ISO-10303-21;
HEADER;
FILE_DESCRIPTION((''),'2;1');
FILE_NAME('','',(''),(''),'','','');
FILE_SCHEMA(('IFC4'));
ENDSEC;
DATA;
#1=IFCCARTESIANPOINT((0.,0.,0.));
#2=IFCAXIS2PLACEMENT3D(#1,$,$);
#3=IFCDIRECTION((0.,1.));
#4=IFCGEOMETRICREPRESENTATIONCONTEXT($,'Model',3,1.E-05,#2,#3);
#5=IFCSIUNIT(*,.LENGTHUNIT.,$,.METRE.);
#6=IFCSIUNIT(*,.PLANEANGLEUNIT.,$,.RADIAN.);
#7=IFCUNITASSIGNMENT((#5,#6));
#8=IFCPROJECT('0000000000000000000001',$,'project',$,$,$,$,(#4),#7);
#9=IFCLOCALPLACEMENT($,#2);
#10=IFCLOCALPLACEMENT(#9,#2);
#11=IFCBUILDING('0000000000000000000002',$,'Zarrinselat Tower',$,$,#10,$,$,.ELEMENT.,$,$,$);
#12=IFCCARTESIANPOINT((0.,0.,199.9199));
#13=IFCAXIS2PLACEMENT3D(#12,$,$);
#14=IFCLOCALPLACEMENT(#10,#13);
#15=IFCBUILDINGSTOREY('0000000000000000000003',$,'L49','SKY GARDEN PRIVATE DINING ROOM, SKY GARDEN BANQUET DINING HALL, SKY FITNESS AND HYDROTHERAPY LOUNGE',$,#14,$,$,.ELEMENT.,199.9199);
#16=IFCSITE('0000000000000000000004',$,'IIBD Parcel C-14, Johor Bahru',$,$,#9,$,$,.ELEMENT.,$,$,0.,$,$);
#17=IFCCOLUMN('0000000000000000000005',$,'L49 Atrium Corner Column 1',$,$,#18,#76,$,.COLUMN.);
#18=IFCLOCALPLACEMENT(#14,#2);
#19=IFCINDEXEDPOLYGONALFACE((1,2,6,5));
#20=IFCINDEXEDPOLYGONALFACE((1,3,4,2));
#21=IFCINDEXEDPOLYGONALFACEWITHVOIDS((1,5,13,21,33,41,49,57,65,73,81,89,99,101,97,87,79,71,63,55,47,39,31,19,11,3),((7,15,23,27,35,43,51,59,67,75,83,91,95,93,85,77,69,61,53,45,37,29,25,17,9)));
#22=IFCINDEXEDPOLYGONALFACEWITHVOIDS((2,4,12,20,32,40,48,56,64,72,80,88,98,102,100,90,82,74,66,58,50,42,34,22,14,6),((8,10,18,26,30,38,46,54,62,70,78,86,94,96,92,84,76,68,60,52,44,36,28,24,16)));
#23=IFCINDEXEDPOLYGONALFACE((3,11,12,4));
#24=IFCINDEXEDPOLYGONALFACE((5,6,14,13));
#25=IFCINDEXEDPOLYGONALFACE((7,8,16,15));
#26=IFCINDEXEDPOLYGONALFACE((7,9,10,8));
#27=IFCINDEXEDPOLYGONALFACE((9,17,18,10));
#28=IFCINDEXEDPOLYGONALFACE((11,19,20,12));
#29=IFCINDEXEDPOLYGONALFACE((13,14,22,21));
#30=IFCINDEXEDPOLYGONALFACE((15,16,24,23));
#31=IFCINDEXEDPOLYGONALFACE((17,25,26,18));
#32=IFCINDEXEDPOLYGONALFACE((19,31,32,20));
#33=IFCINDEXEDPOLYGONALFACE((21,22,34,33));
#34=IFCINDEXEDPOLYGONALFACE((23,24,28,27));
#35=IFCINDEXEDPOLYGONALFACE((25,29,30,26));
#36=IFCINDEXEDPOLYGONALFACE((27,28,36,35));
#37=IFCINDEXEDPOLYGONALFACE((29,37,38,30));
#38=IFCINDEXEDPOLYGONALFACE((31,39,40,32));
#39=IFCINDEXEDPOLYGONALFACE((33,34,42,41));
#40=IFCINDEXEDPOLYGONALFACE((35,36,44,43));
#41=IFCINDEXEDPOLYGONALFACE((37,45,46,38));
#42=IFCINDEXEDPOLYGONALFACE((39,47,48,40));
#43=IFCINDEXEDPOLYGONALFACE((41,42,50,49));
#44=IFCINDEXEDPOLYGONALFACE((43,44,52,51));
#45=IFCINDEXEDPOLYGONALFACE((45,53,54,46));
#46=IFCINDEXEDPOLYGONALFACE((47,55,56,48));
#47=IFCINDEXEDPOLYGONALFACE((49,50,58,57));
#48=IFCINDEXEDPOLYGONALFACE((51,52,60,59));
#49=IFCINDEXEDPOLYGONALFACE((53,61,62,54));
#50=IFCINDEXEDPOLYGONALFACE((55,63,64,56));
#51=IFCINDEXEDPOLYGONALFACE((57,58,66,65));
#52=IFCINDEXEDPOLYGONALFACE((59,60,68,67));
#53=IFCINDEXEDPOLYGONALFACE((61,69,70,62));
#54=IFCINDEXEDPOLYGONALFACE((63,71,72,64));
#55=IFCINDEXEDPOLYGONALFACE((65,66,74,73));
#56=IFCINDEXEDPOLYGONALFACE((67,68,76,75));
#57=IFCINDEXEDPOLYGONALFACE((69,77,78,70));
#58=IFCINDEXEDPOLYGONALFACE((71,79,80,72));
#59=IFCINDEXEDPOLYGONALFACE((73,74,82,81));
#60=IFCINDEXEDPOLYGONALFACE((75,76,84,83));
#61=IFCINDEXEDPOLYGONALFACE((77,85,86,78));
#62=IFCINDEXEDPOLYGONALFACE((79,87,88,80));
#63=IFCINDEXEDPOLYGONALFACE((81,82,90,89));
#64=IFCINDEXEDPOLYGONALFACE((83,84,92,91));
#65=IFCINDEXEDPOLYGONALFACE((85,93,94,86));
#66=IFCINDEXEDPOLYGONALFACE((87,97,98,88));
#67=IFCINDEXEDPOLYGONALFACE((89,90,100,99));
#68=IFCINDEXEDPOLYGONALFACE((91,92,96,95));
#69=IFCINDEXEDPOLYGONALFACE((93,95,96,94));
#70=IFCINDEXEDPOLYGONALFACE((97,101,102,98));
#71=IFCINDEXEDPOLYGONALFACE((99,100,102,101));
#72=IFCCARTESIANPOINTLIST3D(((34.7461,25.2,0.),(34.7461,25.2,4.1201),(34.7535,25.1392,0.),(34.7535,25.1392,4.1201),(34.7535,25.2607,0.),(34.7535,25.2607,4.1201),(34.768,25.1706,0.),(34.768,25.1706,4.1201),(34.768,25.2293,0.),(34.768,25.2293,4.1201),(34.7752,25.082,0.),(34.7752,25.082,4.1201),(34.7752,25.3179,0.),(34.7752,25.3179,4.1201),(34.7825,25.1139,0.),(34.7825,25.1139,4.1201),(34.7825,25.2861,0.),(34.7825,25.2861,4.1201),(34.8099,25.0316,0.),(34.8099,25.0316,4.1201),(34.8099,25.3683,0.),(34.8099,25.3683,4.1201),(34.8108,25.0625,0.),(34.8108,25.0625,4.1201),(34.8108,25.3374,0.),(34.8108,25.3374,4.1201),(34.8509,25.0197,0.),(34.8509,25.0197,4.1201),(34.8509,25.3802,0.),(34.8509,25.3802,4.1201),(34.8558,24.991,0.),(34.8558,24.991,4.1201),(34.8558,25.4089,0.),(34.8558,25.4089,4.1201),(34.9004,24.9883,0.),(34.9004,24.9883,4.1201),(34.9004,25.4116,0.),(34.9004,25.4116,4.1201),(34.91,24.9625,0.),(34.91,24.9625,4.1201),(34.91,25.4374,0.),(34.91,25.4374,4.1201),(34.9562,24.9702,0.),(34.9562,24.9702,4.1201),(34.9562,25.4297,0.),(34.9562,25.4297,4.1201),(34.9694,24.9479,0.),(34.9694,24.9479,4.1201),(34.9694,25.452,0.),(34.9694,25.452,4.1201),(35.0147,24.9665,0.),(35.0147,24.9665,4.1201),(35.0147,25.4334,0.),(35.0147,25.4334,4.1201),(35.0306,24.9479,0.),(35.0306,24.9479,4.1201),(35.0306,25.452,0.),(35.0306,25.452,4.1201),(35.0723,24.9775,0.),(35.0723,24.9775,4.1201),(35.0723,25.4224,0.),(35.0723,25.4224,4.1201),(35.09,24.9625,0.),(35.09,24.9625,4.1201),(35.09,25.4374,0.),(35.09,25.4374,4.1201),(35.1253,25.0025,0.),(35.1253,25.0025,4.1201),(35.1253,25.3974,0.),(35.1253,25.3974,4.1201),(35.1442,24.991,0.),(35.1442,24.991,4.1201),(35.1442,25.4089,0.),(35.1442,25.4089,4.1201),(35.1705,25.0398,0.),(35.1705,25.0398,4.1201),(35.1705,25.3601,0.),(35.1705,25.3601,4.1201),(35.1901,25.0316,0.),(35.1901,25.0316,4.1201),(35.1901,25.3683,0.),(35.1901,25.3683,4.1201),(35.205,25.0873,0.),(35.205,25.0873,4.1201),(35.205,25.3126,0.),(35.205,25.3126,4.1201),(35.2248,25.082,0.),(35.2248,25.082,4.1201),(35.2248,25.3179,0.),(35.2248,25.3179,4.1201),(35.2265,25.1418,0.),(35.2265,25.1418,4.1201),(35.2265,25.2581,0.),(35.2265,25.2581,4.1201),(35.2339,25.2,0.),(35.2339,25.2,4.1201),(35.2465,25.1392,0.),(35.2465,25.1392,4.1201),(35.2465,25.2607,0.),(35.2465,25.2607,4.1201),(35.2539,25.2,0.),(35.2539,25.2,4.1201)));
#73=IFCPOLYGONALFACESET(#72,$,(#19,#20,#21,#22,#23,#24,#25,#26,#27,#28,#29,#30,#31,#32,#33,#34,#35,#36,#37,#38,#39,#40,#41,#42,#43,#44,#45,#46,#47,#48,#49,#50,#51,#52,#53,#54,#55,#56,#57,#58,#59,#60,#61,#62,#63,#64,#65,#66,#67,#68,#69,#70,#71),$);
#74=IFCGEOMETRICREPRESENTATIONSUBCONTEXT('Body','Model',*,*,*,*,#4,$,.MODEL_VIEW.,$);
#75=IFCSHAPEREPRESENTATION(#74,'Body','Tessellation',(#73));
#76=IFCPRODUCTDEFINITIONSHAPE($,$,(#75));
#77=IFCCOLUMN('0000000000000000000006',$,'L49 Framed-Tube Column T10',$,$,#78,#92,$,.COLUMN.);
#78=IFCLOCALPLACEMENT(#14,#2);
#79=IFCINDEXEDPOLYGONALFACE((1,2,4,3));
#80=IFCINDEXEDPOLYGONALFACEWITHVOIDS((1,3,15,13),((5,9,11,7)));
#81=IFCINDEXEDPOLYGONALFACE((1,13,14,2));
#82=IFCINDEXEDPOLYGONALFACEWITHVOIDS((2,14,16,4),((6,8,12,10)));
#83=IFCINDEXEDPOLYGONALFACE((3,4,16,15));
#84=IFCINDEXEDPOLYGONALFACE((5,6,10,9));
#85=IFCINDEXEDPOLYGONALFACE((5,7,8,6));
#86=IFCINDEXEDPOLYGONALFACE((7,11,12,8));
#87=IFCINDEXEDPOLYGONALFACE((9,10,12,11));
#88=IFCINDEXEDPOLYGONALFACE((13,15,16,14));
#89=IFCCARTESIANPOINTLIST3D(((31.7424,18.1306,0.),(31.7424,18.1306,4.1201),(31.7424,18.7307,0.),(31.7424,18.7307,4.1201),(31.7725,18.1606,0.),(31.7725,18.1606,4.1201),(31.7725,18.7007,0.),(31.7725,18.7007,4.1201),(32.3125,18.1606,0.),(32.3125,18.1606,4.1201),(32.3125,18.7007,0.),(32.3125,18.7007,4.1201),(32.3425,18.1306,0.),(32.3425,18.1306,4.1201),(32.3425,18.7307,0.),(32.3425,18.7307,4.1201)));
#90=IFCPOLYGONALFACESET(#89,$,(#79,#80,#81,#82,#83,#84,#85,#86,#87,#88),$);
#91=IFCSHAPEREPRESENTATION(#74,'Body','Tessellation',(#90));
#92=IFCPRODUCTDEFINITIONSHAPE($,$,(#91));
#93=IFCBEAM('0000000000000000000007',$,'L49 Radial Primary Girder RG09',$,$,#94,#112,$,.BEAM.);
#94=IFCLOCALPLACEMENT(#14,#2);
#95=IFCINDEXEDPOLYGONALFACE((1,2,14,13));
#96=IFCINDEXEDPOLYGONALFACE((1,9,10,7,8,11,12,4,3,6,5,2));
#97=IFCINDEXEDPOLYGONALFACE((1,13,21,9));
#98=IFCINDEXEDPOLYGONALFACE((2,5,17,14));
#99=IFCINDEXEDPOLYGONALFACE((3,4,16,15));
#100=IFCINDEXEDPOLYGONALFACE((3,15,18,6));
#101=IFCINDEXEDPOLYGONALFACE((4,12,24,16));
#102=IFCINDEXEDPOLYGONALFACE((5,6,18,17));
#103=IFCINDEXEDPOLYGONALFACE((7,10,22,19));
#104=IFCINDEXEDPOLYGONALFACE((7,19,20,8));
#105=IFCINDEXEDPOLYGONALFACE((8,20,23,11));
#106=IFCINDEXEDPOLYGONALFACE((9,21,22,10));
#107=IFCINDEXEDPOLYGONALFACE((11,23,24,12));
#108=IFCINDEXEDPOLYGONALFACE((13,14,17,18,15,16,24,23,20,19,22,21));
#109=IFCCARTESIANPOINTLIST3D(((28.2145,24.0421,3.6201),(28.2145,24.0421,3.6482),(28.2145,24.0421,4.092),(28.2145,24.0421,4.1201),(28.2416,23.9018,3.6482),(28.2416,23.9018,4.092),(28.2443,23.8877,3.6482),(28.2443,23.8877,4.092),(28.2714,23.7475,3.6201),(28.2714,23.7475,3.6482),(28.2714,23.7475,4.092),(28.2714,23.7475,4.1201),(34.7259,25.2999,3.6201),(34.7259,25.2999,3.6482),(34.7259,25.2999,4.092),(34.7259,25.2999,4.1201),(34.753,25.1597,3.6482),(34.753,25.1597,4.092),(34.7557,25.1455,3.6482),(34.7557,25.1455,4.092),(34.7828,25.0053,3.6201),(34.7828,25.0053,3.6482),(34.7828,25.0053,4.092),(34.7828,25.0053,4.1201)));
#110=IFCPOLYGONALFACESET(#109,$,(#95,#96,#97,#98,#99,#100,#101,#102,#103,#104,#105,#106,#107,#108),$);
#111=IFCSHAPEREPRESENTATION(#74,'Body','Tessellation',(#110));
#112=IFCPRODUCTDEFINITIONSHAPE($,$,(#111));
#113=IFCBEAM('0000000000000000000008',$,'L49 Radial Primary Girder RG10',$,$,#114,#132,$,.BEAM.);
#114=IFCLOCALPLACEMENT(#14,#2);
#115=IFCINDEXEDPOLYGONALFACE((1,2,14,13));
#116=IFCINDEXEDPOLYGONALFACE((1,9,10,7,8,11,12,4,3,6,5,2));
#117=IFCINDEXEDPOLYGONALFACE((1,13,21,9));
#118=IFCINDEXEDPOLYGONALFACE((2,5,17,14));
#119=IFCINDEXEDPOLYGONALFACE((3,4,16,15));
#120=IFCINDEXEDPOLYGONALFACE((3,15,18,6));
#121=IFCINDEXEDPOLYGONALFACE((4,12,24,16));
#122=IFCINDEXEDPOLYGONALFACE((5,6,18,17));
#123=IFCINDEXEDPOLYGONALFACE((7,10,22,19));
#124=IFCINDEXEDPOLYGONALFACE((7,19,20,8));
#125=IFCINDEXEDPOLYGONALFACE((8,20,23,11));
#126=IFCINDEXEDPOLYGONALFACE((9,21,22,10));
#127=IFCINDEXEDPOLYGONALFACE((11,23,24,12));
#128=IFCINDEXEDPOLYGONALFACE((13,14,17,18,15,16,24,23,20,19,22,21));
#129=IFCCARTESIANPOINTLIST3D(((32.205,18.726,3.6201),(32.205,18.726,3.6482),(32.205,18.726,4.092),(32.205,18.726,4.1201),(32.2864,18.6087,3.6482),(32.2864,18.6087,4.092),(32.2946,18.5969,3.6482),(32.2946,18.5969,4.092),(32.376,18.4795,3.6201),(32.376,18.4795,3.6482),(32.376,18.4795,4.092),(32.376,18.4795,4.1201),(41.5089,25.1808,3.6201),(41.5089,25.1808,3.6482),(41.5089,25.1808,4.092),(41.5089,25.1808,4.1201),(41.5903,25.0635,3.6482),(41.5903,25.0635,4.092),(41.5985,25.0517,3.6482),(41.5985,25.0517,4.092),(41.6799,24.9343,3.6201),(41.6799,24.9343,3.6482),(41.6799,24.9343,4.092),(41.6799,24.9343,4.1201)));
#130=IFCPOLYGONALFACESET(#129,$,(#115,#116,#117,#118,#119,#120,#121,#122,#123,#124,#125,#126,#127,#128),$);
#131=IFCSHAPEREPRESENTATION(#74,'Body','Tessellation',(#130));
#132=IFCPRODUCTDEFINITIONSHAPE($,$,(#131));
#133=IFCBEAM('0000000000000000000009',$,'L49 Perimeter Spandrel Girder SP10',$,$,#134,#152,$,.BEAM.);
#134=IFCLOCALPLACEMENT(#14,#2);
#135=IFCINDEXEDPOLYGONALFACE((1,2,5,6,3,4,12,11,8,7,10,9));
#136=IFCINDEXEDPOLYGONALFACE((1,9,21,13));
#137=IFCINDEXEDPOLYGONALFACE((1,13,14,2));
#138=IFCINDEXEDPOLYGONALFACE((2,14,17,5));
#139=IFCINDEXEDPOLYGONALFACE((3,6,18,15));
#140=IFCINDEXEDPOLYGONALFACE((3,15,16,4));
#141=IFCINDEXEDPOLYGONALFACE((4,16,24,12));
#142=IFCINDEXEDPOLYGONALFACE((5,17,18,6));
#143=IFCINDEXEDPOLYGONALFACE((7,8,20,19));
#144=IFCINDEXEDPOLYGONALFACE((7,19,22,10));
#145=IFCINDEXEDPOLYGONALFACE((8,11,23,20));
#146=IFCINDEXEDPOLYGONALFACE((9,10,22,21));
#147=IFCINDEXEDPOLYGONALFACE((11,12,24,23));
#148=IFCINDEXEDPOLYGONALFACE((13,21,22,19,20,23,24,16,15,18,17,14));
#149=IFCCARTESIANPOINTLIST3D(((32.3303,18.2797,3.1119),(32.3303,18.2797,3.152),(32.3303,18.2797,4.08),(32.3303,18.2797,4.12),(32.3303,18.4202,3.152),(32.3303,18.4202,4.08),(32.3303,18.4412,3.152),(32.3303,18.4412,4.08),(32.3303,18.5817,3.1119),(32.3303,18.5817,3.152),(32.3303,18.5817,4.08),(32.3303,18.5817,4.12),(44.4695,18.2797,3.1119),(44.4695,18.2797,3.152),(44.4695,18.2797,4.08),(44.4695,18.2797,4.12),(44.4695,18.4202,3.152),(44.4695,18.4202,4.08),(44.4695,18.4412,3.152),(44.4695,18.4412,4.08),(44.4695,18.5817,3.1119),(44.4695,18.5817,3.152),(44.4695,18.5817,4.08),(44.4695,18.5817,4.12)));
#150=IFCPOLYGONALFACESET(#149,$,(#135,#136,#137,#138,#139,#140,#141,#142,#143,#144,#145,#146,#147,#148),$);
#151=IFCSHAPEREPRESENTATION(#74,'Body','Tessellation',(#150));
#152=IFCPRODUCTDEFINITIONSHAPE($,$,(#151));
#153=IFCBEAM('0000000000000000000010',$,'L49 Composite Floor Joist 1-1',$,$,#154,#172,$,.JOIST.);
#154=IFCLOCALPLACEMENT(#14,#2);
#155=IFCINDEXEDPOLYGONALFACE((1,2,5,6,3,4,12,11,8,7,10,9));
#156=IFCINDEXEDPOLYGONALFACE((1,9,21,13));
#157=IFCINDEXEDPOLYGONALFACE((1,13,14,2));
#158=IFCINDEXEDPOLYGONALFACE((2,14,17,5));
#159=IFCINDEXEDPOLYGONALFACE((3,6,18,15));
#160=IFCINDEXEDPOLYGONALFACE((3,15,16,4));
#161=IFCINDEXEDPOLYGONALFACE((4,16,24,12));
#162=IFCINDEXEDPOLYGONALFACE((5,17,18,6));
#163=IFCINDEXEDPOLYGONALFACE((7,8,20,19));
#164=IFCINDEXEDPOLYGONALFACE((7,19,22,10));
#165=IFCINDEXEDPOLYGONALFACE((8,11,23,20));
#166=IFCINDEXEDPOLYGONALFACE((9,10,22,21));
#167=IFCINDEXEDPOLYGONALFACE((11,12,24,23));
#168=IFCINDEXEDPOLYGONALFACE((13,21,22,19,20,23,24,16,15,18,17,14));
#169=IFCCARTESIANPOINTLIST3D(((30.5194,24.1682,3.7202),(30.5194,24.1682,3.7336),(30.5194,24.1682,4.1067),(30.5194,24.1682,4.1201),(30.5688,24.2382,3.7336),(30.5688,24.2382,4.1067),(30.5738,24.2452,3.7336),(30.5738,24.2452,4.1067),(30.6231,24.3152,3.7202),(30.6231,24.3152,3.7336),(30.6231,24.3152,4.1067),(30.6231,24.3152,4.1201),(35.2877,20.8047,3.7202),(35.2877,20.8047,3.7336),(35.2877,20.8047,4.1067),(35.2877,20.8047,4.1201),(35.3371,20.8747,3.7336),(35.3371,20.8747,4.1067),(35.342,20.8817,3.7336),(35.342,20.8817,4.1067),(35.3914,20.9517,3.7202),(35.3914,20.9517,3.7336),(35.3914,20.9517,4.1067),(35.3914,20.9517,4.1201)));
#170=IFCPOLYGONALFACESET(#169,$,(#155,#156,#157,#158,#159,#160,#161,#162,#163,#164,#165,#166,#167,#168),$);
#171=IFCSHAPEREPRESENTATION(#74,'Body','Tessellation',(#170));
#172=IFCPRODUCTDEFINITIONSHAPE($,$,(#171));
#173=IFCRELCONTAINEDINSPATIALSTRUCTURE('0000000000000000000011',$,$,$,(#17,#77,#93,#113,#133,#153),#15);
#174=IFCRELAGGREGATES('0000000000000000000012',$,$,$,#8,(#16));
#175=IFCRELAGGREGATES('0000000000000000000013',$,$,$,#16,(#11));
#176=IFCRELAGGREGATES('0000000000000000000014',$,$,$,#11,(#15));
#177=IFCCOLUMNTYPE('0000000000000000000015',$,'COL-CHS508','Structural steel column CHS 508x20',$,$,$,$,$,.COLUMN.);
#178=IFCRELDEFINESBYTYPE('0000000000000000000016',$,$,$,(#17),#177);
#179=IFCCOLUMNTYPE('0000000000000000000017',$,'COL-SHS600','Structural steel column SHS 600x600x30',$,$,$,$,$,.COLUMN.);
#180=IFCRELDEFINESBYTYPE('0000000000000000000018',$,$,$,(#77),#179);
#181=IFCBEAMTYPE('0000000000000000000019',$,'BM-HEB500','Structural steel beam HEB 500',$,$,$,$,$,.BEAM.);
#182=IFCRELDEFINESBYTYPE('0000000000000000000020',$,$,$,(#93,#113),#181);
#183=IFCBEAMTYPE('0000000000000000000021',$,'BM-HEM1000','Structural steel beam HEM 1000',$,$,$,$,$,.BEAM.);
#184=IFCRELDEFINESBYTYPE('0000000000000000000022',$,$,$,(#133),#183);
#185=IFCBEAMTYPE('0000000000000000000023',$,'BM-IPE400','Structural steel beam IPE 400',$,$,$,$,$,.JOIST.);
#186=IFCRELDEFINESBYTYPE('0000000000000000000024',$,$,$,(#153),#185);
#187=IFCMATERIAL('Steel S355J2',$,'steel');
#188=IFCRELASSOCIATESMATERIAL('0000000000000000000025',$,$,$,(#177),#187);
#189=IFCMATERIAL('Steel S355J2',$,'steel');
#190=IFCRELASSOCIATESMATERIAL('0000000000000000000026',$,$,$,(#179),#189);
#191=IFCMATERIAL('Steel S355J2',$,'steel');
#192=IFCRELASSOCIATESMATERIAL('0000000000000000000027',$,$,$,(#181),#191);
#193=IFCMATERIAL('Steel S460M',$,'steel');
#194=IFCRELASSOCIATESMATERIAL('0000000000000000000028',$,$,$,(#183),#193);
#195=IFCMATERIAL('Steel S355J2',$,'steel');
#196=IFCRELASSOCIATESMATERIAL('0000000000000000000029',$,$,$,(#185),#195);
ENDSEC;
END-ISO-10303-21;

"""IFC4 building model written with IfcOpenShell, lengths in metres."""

from ifc_helpers import new_model, si_unit, direction, frame, origin, origin_2d, place, context, subcontext, project, spatial, hollow_rectangle, hollow_circle, i_section, extrude, material, material_profile, profile_set, type_object, element, save


model = new_model("IFC4")

# Units and contexts
model_context = context("Model", 3, precision=1e-05, world=origin(), true_north=direction((0.0, 1.0)))
body_context = subcontext(model_context, "Body", "Model", "MODEL_VIEW")
ifc_project = project(units=[si_unit("LENGTHUNIT", "METRE"), si_unit("PLANEANGLEUNIT", "RADIAN")], contexts=[model_context])

# Site, building, storey
site_placement = place(None, origin())
site = spatial("IfcSite", under=ifc_project, at=site_placement, Name="IIBD Parcel C-14, Johor Bahru", CompositionType="ELEMENT", RefElevation=0.0)
building_placement = place(site_placement, origin())
building = spatial("IfcBuilding", under=site, at=building_placement, Name="Zarrinselat Tower", CompositionType="ELEMENT")
storey_placement = place(building_placement, frame((0.0, 0.0, 199.9199)))
storey = spatial("IfcBuildingStorey", under=building, at=storey_placement, Name="L49", Description="SKY GARDEN PRIVATE DINING ROOM, SKY GARDEN BANQUET DINING HALL, SKY FITNESS AND HYDROTHERAPY LOUNGE", CompositionType="ELEMENT", Elevation=199.9199)

# Columns
ifc_material_1 = material(Name="Steel S355J2", Category="steel")
ifc_material_profile_1 = material_profile(ifc_material_1, hollow_circle(Radius=0.2539, WallThickness=0.02, at=origin_2d()), Name="CHS 508x20")
ifc_profile_set_1 = profile_set([ifc_material_profile_1], Name="Steel S355J2")
column_type_1 = type_object("IfcColumnType", Name="COL-CHS508", Description="Structural steel column CHS 508x20", PredefinedType="COLUMN", material=ifc_profile_set_1)
column_1_placement = place(storey_placement, frame((35.0, 25.2, 0.0), z_axis=(0.0, 0.0, 1.0), x_axis=(1.0, 0.0, 0.0)))
element("IfcColumn", 1, at=column_1_placement, inside=storey, type_object=column_type_1, Name="L49 Atrium Corner Column 1", PredefinedType="COLUMN", context=body_context, shape_type="SweptSolid", body=[
    extrude(hollow_circle(Radius=0.2539, WallThickness=0.02, at=origin_2d()), origin(), (0.0, 0.0, 1.0), 4.1201),
])
ifc_material_2 = material(Name="Steel S355J2", Category="steel")
ifc_material_profile_2 = material_profile(ifc_material_2, hollow_rectangle(XDim=0.6001, YDim=0.6001, WallThickness=0.03, at=origin_2d()), Name="SHS 600x600x30")
ifc_profile_set_2 = profile_set([ifc_material_profile_2], Name="Steel S355J2")
column_type_2 = type_object("IfcColumnType", Name="COL-SHS600", Description="Structural steel column SHS 600x600x30", PredefinedType="COLUMN", material=ifc_profile_set_2)
column_2_placement = place(storey_placement, frame((32.0425, 18.4307, 0.0), z_axis=(0.0, 0.0, 1.0), x_axis=(1.0, 0.0, 0.0)))
element("IfcColumn", 2, at=column_2_placement, inside=storey, type_object=column_type_2, Name="L49 Framed-Tube Column T10", PredefinedType="COLUMN", context=body_context, shape_type="SweptSolid", body=[
    extrude(hollow_rectangle(XDim=0.6001, YDim=0.6001, WallThickness=0.03, at=origin_2d()), origin(), (0.0, 0.0, 1.0), 4.1201),
])

# Beams
ifc_material_3 = material(Name="Steel S355J2", Category="steel")
ifc_material_profile_3 = material_profile(ifc_material_3, i_section(OverallWidth=0.3, OverallDepth=0.5, WebThickness=0.0144, FlangeThickness=0.0281, at=origin_2d()), Name="HEB 500")
ifc_profile_set_3 = profile_set([ifc_material_profile_3], Name="Steel S355J2")
beam_type_1 = type_object("IfcBeamType", Name="BM-HEB500", Description="Structural steel beam HEB 500", PredefinedType="BEAM", material=ifc_profile_set_3)
beam_1_placement = place(storey_placement, frame((28.2429, 23.8948, 3.8701), z_axis=(0.981849, 0.189662, 0.0), x_axis=(-0.189662, 0.981849, 0.0)))
element("IfcBeam", 3, at=beam_1_placement, inside=storey, type_object=beam_type_1, Name="L49 Radial Primary Girder RG09", PredefinedType="BEAM", context=body_context, shape_type="SweptSolid", body=[
    extrude(i_section(OverallWidth=0.3, OverallDepth=0.5, WebThickness=0.0144, FlangeThickness=0.0281, at=origin_2d()), origin(), (0.0, 0.0, 1.0), 6.6318),
])
beam_2_placement = place(storey_placement, frame((32.2905, 18.6028, 3.8701), z_axis=(0.821628, 0.570024, 0.0), x_axis=(-0.570024, 0.821628, 0.0)))
element("IfcBeam", 4, at=beam_2_placement, inside=storey, type_object=beam_type_1, Name="L49 Radial Primary Girder RG10", PredefinedType="BEAM", context=body_context, shape_type="SweptSolid", body=[
    extrude(i_section(OverallWidth=0.3, OverallDepth=0.5, WebThickness=0.0144, FlangeThickness=0.0281, at=origin_2d()), origin(), (0.0, 0.0, 1.0), 11.3237),
])
ifc_material_4 = material(Name="Steel S460M", Category="steel")
ifc_material_profile_4 = material_profile(ifc_material_4, i_section(OverallWidth=0.302, OverallDepth=1.0081, WebThickness=0.021, FlangeThickness=0.04, at=origin_2d()), Name="HEM 1000")
ifc_profile_set_4 = profile_set([ifc_material_profile_4], Name="Steel S460M")
beam_type_2 = type_object("IfcBeamType", Name="BM-HEM1000", Description="Structural steel beam HEM 1000", PredefinedType="BEAM", material=ifc_profile_set_4)
beam_3_placement = place(storey_placement, frame((32.3303, 18.4307, 3.616), z_axis=(1.0, 0.0, 0.0), x_axis=(0.0, 1.0, 0.0)))
element("IfcBeam", 5, at=beam_3_placement, inside=storey, type_object=beam_type_2, Name="L49 Perimeter Spandrel Girder SP10", PredefinedType="BEAM", context=body_context, shape_type="SweptSolid", body=[
    extrude(i_section(OverallWidth=0.302, OverallDepth=1.0081, WebThickness=0.021, FlangeThickness=0.04, at=origin_2d()), origin(), (0.0, 0.0, 1.0), 12.1392),
])
ifc_material_5 = material(Name="Steel S355J2", Category="steel")
ifc_material_profile_5 = material_profile(ifc_material_5, i_section(OverallWidth=0.1799, OverallDepth=0.3999, WebThickness=0.0085, FlangeThickness=0.0134, at=origin_2d()), Name="IPE 400")
ifc_profile_set_5 = profile_set([ifc_material_profile_5], Name="Steel S355J2")
beam_type_3 = type_object("IfcBeamType", Name="BM-IPE400", Description="Structural steel beam IPE 400", PredefinedType="JOIST", material=ifc_profile_set_5)
beam_4_placement = place(storey_placement, frame((30.5713, 24.2417, 3.9202), z_axis=(0.817157, -0.576415, 0.0), x_axis=(0.576415, 0.817157, 0.0)))
element("IfcBeam", 6, at=beam_4_placement, inside=storey, type_object=beam_type_3, Name="L49 Composite Floor Joist 1-1", PredefinedType="JOIST", context=body_context, shape_type="SweptSolid", body=[
    extrude(i_section(OverallWidth=0.1799, OverallDepth=0.3999, WebThickness=0.0085, FlangeThickness=0.0134, at=origin_2d()), origin(), (0.0, 0.0, 1.0), 5.8352),
])

save(model, "model.ifc")
